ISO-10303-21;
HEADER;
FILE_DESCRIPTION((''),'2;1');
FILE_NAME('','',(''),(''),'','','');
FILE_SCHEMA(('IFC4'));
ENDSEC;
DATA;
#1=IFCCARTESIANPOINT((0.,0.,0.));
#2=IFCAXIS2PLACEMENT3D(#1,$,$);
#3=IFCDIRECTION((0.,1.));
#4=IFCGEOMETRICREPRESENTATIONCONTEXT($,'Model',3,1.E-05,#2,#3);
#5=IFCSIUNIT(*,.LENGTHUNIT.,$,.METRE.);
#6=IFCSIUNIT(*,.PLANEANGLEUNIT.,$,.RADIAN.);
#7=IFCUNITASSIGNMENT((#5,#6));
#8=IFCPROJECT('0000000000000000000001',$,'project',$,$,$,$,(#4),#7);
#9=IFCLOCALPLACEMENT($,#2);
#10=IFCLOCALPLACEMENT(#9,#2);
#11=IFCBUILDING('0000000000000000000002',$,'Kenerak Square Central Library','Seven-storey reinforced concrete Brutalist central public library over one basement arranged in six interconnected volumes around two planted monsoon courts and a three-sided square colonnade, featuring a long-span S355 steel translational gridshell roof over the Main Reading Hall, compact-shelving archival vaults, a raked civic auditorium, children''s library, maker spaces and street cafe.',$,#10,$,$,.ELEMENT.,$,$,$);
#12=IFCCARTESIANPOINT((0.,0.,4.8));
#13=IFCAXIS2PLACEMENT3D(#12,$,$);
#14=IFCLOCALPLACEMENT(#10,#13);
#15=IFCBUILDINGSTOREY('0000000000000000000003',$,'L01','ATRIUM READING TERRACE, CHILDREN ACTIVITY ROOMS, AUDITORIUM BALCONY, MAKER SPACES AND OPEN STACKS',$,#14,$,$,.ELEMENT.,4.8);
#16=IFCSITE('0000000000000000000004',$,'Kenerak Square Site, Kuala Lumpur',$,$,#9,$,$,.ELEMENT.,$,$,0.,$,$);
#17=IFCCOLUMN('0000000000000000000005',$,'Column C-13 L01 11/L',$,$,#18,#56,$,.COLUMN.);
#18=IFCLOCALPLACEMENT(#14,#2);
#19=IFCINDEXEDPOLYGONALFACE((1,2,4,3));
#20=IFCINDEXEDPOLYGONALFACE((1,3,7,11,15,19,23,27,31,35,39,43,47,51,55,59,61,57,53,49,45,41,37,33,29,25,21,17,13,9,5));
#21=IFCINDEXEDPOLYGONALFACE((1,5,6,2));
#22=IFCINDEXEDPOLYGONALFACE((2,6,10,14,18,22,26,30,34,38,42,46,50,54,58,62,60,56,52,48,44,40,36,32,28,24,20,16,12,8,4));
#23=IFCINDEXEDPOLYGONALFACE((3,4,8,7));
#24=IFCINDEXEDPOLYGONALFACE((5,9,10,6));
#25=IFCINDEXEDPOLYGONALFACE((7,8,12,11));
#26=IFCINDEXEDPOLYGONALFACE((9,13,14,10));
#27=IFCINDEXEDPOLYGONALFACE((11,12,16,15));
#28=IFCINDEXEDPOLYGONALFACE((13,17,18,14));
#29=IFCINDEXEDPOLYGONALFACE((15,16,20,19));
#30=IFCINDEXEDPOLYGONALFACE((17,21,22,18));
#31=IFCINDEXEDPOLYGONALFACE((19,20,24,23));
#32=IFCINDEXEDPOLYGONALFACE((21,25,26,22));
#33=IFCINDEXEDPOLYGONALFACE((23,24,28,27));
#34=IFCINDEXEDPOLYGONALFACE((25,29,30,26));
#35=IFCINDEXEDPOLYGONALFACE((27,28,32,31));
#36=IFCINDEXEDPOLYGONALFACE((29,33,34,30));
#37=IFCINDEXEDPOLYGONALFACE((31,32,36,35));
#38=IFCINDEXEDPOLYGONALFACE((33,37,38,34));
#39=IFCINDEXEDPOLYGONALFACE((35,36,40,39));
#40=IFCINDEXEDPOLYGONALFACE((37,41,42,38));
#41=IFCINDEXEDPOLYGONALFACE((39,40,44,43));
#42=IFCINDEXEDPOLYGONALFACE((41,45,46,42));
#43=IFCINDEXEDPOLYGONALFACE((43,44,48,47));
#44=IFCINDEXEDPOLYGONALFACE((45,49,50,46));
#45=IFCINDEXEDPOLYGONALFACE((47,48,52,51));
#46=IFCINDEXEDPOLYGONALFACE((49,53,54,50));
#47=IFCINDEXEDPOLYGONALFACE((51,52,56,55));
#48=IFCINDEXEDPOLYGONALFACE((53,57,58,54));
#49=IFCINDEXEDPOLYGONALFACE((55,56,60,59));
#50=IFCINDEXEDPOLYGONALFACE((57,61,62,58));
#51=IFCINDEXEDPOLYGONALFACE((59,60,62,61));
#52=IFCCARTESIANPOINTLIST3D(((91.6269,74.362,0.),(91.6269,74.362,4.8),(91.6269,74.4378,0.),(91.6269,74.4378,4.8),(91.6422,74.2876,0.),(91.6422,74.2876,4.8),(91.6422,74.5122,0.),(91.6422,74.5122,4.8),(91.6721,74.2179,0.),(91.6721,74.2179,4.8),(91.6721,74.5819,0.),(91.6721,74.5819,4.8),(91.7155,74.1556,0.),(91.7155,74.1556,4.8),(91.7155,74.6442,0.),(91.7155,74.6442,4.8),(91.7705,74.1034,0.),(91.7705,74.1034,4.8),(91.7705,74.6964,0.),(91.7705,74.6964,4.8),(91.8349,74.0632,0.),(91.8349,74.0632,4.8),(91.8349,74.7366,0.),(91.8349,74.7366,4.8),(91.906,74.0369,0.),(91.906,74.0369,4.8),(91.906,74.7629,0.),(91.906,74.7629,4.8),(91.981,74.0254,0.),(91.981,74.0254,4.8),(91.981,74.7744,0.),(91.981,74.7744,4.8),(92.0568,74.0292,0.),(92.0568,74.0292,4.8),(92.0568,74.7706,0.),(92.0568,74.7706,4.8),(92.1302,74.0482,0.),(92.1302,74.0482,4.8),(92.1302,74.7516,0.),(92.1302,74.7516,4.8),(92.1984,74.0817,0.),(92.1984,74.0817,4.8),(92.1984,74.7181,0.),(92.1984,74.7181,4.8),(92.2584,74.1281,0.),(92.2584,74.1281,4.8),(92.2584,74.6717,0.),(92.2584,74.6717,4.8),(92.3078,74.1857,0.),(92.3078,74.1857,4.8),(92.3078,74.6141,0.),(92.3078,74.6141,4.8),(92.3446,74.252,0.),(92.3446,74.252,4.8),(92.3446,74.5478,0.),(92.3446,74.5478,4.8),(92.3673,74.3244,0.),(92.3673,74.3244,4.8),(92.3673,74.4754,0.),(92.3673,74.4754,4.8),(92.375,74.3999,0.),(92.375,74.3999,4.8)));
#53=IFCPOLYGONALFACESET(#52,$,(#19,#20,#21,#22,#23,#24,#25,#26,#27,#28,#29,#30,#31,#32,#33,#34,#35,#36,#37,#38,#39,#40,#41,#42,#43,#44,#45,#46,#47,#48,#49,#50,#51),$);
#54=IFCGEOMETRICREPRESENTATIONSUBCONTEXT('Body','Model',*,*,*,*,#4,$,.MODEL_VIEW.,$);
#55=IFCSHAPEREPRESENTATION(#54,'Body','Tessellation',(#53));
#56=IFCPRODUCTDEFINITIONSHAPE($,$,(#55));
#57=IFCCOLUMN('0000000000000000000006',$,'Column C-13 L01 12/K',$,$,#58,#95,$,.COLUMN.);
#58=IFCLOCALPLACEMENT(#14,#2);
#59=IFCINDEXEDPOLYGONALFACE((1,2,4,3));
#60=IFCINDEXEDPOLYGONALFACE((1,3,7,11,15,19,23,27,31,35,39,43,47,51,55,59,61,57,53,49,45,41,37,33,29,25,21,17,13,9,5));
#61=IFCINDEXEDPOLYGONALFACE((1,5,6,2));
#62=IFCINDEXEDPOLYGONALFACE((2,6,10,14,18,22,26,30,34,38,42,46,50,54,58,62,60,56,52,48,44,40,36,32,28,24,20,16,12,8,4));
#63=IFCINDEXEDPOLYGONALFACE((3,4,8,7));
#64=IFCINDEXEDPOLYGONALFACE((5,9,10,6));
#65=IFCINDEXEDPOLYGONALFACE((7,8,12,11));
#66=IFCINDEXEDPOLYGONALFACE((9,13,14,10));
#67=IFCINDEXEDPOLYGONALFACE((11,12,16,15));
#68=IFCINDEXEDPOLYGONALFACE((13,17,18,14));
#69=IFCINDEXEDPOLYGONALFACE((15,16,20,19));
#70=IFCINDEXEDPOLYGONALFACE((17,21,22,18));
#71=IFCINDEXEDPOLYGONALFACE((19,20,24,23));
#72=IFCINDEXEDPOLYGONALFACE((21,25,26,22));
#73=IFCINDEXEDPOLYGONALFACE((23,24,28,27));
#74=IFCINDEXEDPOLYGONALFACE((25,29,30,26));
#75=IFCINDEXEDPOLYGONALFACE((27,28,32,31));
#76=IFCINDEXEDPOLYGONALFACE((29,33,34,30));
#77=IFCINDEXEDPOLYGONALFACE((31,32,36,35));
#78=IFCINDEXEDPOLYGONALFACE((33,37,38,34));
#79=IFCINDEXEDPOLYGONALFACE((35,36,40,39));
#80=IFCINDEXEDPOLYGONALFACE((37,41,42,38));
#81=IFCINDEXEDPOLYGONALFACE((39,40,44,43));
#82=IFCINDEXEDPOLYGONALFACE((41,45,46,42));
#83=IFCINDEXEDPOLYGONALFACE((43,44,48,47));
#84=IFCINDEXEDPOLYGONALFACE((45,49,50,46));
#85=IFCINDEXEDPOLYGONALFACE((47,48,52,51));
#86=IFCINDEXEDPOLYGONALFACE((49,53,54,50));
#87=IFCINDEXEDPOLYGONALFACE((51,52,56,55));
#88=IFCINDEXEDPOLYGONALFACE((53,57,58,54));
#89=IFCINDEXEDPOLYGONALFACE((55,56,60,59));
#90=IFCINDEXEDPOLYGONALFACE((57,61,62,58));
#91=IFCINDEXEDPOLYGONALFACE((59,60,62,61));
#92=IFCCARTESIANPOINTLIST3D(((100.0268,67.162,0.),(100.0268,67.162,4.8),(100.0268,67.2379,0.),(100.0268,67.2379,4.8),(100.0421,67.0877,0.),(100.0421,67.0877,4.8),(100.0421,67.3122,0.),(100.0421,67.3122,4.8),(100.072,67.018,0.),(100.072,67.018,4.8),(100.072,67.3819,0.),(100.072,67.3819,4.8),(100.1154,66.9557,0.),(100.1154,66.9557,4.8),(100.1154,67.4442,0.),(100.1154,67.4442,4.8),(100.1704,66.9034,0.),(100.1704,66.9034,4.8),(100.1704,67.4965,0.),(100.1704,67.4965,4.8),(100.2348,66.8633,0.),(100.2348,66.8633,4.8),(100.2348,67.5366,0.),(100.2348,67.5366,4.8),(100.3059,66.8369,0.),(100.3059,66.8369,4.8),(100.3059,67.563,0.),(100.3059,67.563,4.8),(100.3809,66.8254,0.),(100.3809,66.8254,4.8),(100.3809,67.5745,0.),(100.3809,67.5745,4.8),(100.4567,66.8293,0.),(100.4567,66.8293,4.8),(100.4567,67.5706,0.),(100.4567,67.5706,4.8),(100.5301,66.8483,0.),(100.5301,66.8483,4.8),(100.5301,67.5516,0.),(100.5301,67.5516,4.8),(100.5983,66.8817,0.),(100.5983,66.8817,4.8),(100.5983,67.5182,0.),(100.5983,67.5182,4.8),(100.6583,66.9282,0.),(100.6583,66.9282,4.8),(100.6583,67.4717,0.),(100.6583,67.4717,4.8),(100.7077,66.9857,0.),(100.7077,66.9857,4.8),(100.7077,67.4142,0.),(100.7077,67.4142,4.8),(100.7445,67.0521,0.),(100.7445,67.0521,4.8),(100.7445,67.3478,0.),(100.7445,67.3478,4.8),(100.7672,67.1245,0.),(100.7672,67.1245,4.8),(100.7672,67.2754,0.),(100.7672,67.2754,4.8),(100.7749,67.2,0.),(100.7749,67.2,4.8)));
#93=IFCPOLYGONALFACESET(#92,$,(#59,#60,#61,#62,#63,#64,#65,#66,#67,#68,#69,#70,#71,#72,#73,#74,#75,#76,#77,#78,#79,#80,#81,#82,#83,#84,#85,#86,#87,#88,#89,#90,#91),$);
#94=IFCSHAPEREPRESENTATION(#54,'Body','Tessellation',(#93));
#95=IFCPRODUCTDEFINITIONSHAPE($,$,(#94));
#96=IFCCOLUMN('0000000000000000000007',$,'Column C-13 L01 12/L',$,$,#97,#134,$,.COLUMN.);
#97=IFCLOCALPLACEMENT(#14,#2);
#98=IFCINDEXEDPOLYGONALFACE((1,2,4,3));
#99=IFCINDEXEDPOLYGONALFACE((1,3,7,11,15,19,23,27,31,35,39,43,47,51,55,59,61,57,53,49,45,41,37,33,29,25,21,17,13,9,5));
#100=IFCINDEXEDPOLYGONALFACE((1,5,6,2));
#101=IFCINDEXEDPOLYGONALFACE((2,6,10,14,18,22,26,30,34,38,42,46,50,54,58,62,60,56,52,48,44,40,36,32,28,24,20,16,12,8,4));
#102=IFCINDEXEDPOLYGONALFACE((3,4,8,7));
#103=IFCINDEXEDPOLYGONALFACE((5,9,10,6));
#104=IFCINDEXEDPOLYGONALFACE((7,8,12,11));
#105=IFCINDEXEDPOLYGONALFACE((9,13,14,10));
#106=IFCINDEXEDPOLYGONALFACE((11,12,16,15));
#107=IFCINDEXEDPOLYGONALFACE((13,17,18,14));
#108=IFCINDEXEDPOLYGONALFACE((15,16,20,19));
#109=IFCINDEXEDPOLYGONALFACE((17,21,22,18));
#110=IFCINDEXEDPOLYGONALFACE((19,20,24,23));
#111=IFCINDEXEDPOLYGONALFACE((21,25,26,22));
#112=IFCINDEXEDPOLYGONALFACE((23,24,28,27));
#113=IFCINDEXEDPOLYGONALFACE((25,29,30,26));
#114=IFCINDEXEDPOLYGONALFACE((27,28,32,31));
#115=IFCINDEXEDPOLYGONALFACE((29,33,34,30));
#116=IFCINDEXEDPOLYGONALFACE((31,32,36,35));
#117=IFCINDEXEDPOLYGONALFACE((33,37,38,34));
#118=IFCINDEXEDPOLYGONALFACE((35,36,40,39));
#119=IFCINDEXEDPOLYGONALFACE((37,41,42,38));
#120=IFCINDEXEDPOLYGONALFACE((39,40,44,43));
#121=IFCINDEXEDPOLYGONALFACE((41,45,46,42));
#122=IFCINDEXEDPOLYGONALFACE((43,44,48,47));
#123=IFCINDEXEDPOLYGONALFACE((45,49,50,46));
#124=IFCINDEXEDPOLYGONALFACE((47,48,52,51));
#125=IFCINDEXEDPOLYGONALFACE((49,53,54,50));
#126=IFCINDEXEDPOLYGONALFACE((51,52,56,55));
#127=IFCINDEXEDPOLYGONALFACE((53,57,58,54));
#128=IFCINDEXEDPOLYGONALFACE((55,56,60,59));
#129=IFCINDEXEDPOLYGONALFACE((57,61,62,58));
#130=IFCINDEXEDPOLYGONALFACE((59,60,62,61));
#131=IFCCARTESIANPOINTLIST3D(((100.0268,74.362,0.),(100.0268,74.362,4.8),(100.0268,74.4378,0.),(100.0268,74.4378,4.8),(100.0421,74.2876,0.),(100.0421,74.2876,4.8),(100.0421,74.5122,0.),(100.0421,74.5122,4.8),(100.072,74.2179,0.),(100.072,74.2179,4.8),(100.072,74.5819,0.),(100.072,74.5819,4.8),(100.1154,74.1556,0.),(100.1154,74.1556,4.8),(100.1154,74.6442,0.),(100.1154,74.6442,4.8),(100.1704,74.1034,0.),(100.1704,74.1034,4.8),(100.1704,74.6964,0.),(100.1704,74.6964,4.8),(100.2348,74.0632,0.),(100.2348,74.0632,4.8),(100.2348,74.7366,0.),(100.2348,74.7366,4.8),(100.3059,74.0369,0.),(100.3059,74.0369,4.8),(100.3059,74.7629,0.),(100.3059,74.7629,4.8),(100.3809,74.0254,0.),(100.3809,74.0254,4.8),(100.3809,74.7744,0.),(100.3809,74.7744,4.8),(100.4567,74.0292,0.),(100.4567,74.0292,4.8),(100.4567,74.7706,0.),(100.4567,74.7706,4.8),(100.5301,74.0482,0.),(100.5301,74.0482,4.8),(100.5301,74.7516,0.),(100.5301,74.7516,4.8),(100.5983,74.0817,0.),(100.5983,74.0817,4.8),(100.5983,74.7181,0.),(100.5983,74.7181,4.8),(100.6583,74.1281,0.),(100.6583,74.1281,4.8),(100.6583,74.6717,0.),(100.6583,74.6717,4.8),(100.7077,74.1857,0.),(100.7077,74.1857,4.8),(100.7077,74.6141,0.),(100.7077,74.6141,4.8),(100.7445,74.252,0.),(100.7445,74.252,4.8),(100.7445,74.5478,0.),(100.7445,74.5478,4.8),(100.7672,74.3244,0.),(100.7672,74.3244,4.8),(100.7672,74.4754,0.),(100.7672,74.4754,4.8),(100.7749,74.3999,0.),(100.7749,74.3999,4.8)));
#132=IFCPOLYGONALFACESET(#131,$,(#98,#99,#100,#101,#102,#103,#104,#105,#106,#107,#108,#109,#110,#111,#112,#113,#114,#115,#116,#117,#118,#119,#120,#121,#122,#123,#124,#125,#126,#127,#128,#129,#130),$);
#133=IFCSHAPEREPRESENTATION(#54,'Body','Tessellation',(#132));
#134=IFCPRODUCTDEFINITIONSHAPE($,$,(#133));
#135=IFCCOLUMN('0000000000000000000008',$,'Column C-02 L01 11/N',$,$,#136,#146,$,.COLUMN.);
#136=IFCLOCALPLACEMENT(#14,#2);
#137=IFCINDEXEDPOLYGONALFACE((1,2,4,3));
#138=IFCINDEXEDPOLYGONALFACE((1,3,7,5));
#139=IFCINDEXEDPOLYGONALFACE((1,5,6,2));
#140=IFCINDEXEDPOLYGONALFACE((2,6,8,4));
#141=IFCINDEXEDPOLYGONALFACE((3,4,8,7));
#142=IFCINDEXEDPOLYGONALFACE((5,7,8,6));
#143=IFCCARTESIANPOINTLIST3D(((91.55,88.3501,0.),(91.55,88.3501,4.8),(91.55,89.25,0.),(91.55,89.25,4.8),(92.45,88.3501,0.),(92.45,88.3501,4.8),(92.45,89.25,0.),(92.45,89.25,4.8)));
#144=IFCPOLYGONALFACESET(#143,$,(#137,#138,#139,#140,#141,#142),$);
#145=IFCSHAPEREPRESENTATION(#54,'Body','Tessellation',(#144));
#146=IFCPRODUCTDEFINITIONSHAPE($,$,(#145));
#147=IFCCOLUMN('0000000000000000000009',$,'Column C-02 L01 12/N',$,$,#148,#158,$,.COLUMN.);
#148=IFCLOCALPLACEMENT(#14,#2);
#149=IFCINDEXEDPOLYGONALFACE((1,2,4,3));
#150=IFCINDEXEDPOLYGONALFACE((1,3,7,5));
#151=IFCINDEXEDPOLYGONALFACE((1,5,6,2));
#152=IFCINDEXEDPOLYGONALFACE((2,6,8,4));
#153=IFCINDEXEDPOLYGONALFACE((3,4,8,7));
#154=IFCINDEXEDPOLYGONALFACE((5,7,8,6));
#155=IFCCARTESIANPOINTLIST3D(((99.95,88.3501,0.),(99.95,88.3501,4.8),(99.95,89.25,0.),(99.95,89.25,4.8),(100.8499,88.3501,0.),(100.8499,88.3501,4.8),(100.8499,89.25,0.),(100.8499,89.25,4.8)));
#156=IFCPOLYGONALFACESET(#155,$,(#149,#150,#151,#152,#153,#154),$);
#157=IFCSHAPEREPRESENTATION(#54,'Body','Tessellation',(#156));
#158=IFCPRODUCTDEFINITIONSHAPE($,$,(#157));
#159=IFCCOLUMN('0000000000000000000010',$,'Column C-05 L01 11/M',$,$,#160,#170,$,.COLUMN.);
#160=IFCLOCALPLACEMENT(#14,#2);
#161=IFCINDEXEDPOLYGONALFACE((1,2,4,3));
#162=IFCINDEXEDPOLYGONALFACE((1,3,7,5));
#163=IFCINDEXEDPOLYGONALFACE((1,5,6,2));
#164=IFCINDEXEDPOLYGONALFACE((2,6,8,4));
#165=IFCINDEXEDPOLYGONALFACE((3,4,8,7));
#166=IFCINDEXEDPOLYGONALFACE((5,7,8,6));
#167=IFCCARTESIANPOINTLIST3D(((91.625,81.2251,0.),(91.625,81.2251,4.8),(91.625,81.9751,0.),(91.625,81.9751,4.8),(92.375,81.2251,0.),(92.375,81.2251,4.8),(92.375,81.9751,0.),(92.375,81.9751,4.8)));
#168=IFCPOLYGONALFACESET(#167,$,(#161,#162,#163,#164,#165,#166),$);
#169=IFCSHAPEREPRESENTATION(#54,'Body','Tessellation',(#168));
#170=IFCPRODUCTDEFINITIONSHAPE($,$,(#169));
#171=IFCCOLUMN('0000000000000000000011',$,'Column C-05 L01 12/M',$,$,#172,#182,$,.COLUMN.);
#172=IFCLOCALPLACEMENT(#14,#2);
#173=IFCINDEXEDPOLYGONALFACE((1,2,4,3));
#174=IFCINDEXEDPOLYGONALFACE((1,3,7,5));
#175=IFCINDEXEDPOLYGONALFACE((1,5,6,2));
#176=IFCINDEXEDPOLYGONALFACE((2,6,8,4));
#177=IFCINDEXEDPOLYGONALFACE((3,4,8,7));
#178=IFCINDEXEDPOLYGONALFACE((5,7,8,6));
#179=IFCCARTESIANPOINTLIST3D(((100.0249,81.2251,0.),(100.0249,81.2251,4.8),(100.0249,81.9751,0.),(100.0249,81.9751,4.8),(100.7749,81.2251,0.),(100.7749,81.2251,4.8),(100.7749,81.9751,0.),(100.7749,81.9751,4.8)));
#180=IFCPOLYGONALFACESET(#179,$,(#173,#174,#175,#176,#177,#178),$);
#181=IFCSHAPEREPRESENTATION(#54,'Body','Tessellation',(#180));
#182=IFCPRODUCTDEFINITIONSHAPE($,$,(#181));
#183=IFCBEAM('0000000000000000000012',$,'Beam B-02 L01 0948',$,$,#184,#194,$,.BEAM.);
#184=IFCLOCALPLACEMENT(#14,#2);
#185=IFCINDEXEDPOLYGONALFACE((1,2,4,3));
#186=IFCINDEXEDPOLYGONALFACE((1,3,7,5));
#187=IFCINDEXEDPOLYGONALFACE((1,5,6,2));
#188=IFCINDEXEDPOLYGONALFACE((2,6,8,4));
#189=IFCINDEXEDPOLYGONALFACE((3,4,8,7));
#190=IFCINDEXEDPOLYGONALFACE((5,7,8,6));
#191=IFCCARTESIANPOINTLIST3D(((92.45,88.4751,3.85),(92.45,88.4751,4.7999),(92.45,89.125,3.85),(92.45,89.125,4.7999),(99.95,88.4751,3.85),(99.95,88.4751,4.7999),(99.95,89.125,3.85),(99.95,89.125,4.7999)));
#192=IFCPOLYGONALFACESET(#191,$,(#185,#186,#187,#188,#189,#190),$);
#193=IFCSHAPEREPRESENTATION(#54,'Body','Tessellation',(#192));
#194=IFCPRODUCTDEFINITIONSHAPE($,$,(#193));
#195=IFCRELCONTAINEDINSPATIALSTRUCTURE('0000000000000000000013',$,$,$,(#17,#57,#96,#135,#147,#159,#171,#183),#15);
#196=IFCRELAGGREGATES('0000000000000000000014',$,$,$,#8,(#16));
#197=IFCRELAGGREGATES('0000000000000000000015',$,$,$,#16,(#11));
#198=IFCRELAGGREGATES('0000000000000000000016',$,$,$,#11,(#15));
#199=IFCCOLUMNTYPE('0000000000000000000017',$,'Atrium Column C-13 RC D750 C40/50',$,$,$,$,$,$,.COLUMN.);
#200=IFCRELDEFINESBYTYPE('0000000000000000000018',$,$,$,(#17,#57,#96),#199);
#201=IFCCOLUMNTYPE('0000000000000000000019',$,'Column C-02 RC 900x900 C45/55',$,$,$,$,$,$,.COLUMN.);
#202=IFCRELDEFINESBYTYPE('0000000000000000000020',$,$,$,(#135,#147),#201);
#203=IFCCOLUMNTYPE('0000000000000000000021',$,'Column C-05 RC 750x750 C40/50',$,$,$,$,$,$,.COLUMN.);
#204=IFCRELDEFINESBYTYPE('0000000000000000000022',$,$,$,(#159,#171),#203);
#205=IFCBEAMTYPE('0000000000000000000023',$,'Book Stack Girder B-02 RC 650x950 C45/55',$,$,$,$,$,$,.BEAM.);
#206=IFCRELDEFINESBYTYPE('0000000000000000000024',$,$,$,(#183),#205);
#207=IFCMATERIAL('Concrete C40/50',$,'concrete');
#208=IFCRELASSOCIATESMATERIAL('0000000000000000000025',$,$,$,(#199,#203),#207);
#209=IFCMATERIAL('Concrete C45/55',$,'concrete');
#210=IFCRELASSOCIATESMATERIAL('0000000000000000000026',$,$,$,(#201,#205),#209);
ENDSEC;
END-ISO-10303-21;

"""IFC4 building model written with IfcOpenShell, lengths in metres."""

from ifc_helpers import new_model, si_unit, direction, frame, origin, origin_2d, place, context, subcontext, project, spatial, rectangle, circle, extrude, material, material_profile, profile_set, type_object, element, save


model = new_model("IFC4")

# Units and contexts
model_context = context("Model", 3, precision=1e-05, world=origin(), true_north=direction((0.0, 1.0)))
body_context = subcontext(model_context, "Body", "Model", "MODEL_VIEW")
ifc_project = project(units=[si_unit("LENGTHUNIT", "METRE"), si_unit("PLANEANGLEUNIT", "RADIAN")], contexts=[model_context])

# Site, building, storey
site_placement = place(None, origin())
site = spatial("IfcSite", under=ifc_project, at=site_placement, Name="Kenerak Square Site, Kuala Lumpur", CompositionType="ELEMENT", RefElevation=0.0)
building_placement = place(site_placement, origin())
building = spatial("IfcBuilding", under=site, at=building_placement, Name="Kenerak Square Central Library", Description="Seven-storey reinforced concrete Brutalist central public library over one basement arranged in six interconnected volumes around two planted monsoon courts and a three-sided square colonnade, featuring a long-span S355 steel translational gridshell roof over the Main Reading Hall, compact-shelving archival vaults, a raked civic auditorium, children's library, maker spaces and street cafe.", CompositionType="ELEMENT")
storey_placement = place(building_placement, frame((0.0, 0.0, 4.8)))
storey = spatial("IfcBuildingStorey", under=building, at=storey_placement, Name="L01", Description="ATRIUM READING TERRACE, CHILDREN ACTIVITY ROOMS, AUDITORIUM BALCONY, MAKER SPACES AND OPEN STACKS", CompositionType="ELEMENT", Elevation=4.8)

# Columns
ifc_material_1 = material(Name="Concrete C40/50", Category="concrete")
ifc_material_profile_1 = material_profile(ifc_material_1, circle(Radius=0.375, at=origin_2d()), Name="RC D750")
ifc_profile_set_1 = profile_set([ifc_material_profile_1], Name="Concrete C40/50")
column_type_1 = type_object("IfcColumnType", Name="Atrium Column C-13 RC D750 C40/50", PredefinedType="COLUMN", material=ifc_profile_set_1)
for number, where, z_axis, x_axis, name in (
    (1, (92.0, 74.3999, 0.0), (0.0, 0.0, 1.0), (1.0, 0.0, 0.0), "Column C-13 L01 11/L"),
    (2, (100.3999, 67.2, 0.0), (0.0, 0.0, 1.0), (1.0, 0.0, 0.0), "Column C-13 L01 12/K"),
    (3, (100.3999, 74.3999, 0.0), (0.0, 0.0, 1.0), (1.0, 0.0, 0.0), "Column C-13 L01 12/L"),
):
    element("IfcColumn", number, at=place(storey_placement, frame(where, z_axis=z_axis, x_axis=x_axis)), inside=storey, type_object=column_type_1, Name=name, PredefinedType="COLUMN", context=body_context, shape_type="SweptSolid", body=[
        extrude(circle(Radius=0.375, at=origin_2d()), origin(), (0.0, 0.0, 1.0), 4.8),
    ])
ifc_material_2 = material(Name="Concrete C45/55", Category="concrete")
ifc_material_profile_2 = material_profile(ifc_material_2, rectangle(XDim=0.8999, YDim=0.8999, at=origin_2d()), Name="RC 900x900")
ifc_profile_set_2 = profile_set([ifc_material_profile_2], Name="Concrete C45/55")
column_type_2 = type_object("IfcColumnType", Name="Column C-02 RC 900x900 C45/55", PredefinedType="COLUMN", material=ifc_profile_set_2)
for number, where, z_axis, x_axis, name in (
    (4, (92.0, 88.8, 0.0), (0.0, 0.0, 1.0), (1.0, 0.0, 0.0), "Column C-02 L01 11/N"),
    (5, (100.3999, 88.8, 0.0), (0.0, 0.0, 1.0), (1.0, 0.0, 0.0), "Column C-02 L01 12/N"),
):
    element("IfcColumn", number, at=place(storey_placement, frame(where, z_axis=z_axis, x_axis=x_axis)), inside=storey, type_object=column_type_2, Name=name, PredefinedType="COLUMN", context=body_context, shape_type="SweptSolid", body=[
        extrude(rectangle(XDim=0.8999, YDim=0.8999, at=origin_2d()), origin(), (0.0, 0.0, 1.0), 4.8),
    ])
ifc_material_profile_3 = material_profile(ifc_material_1, rectangle(XDim=0.75, YDim=0.75, at=origin_2d()), Name="RC 750x750")
ifc_profile_set_3 = profile_set([ifc_material_profile_3], Name="Concrete C40/50")
column_type_3 = type_object("IfcColumnType", Name="Column C-05 RC 750x750 C40/50", PredefinedType="COLUMN", material=ifc_profile_set_3)
for number, where, z_axis, x_axis, name in (
    (6, (92.0, 81.6001, 0.0), (0.0, 0.0, 1.0), (1.0, 0.0, 0.0), "Column C-05 L01 11/M"),
    (7, (100.3999, 81.6001, 0.0), (0.0, 0.0, 1.0), (1.0, 0.0, 0.0), "Column C-05 L01 12/M"),
):
    element("IfcColumn", number, at=place(storey_placement, frame(where, z_axis=z_axis, x_axis=x_axis)), inside=storey, type_object=column_type_3, Name=name, PredefinedType="COLUMN", context=body_context, shape_type="SweptSolid", body=[
        extrude(rectangle(XDim=0.75, YDim=0.75, at=origin_2d()), origin(), (0.0, 0.0, 1.0), 4.8),
    ])

# Beam
ifc_material_profile_4 = material_profile(ifc_material_2, rectangle(XDim=0.6499, YDim=0.95, at=origin_2d()), Name="RC 650x950")
ifc_profile_set_4 = profile_set([ifc_material_profile_4], Name="Concrete C45/55")
beam_type_1 = type_object("IfcBeamType", Name="Book Stack Girder B-02 RC 650x950 C45/55", PredefinedType="BEAM", material=ifc_profile_set_4)
beam_1_placement = place(storey_placement, frame((92.45, 88.8, 4.325), z_axis=(1.0, 0.0, 0.0), x_axis=(0.0, 1.0, 0.0)))
element("IfcBeam", 8, at=beam_1_placement, inside=storey, type_object=beam_type_1, Name="Beam B-02 L01 0948", PredefinedType="BEAM", context=body_context, shape_type="SweptSolid", body=[
    extrude(rectangle(XDim=0.6499, YDim=0.95, at=origin_2d()), origin(), (0.0, 0.0, 1.0), 7.5),
])

save(model, "model.ifc")
